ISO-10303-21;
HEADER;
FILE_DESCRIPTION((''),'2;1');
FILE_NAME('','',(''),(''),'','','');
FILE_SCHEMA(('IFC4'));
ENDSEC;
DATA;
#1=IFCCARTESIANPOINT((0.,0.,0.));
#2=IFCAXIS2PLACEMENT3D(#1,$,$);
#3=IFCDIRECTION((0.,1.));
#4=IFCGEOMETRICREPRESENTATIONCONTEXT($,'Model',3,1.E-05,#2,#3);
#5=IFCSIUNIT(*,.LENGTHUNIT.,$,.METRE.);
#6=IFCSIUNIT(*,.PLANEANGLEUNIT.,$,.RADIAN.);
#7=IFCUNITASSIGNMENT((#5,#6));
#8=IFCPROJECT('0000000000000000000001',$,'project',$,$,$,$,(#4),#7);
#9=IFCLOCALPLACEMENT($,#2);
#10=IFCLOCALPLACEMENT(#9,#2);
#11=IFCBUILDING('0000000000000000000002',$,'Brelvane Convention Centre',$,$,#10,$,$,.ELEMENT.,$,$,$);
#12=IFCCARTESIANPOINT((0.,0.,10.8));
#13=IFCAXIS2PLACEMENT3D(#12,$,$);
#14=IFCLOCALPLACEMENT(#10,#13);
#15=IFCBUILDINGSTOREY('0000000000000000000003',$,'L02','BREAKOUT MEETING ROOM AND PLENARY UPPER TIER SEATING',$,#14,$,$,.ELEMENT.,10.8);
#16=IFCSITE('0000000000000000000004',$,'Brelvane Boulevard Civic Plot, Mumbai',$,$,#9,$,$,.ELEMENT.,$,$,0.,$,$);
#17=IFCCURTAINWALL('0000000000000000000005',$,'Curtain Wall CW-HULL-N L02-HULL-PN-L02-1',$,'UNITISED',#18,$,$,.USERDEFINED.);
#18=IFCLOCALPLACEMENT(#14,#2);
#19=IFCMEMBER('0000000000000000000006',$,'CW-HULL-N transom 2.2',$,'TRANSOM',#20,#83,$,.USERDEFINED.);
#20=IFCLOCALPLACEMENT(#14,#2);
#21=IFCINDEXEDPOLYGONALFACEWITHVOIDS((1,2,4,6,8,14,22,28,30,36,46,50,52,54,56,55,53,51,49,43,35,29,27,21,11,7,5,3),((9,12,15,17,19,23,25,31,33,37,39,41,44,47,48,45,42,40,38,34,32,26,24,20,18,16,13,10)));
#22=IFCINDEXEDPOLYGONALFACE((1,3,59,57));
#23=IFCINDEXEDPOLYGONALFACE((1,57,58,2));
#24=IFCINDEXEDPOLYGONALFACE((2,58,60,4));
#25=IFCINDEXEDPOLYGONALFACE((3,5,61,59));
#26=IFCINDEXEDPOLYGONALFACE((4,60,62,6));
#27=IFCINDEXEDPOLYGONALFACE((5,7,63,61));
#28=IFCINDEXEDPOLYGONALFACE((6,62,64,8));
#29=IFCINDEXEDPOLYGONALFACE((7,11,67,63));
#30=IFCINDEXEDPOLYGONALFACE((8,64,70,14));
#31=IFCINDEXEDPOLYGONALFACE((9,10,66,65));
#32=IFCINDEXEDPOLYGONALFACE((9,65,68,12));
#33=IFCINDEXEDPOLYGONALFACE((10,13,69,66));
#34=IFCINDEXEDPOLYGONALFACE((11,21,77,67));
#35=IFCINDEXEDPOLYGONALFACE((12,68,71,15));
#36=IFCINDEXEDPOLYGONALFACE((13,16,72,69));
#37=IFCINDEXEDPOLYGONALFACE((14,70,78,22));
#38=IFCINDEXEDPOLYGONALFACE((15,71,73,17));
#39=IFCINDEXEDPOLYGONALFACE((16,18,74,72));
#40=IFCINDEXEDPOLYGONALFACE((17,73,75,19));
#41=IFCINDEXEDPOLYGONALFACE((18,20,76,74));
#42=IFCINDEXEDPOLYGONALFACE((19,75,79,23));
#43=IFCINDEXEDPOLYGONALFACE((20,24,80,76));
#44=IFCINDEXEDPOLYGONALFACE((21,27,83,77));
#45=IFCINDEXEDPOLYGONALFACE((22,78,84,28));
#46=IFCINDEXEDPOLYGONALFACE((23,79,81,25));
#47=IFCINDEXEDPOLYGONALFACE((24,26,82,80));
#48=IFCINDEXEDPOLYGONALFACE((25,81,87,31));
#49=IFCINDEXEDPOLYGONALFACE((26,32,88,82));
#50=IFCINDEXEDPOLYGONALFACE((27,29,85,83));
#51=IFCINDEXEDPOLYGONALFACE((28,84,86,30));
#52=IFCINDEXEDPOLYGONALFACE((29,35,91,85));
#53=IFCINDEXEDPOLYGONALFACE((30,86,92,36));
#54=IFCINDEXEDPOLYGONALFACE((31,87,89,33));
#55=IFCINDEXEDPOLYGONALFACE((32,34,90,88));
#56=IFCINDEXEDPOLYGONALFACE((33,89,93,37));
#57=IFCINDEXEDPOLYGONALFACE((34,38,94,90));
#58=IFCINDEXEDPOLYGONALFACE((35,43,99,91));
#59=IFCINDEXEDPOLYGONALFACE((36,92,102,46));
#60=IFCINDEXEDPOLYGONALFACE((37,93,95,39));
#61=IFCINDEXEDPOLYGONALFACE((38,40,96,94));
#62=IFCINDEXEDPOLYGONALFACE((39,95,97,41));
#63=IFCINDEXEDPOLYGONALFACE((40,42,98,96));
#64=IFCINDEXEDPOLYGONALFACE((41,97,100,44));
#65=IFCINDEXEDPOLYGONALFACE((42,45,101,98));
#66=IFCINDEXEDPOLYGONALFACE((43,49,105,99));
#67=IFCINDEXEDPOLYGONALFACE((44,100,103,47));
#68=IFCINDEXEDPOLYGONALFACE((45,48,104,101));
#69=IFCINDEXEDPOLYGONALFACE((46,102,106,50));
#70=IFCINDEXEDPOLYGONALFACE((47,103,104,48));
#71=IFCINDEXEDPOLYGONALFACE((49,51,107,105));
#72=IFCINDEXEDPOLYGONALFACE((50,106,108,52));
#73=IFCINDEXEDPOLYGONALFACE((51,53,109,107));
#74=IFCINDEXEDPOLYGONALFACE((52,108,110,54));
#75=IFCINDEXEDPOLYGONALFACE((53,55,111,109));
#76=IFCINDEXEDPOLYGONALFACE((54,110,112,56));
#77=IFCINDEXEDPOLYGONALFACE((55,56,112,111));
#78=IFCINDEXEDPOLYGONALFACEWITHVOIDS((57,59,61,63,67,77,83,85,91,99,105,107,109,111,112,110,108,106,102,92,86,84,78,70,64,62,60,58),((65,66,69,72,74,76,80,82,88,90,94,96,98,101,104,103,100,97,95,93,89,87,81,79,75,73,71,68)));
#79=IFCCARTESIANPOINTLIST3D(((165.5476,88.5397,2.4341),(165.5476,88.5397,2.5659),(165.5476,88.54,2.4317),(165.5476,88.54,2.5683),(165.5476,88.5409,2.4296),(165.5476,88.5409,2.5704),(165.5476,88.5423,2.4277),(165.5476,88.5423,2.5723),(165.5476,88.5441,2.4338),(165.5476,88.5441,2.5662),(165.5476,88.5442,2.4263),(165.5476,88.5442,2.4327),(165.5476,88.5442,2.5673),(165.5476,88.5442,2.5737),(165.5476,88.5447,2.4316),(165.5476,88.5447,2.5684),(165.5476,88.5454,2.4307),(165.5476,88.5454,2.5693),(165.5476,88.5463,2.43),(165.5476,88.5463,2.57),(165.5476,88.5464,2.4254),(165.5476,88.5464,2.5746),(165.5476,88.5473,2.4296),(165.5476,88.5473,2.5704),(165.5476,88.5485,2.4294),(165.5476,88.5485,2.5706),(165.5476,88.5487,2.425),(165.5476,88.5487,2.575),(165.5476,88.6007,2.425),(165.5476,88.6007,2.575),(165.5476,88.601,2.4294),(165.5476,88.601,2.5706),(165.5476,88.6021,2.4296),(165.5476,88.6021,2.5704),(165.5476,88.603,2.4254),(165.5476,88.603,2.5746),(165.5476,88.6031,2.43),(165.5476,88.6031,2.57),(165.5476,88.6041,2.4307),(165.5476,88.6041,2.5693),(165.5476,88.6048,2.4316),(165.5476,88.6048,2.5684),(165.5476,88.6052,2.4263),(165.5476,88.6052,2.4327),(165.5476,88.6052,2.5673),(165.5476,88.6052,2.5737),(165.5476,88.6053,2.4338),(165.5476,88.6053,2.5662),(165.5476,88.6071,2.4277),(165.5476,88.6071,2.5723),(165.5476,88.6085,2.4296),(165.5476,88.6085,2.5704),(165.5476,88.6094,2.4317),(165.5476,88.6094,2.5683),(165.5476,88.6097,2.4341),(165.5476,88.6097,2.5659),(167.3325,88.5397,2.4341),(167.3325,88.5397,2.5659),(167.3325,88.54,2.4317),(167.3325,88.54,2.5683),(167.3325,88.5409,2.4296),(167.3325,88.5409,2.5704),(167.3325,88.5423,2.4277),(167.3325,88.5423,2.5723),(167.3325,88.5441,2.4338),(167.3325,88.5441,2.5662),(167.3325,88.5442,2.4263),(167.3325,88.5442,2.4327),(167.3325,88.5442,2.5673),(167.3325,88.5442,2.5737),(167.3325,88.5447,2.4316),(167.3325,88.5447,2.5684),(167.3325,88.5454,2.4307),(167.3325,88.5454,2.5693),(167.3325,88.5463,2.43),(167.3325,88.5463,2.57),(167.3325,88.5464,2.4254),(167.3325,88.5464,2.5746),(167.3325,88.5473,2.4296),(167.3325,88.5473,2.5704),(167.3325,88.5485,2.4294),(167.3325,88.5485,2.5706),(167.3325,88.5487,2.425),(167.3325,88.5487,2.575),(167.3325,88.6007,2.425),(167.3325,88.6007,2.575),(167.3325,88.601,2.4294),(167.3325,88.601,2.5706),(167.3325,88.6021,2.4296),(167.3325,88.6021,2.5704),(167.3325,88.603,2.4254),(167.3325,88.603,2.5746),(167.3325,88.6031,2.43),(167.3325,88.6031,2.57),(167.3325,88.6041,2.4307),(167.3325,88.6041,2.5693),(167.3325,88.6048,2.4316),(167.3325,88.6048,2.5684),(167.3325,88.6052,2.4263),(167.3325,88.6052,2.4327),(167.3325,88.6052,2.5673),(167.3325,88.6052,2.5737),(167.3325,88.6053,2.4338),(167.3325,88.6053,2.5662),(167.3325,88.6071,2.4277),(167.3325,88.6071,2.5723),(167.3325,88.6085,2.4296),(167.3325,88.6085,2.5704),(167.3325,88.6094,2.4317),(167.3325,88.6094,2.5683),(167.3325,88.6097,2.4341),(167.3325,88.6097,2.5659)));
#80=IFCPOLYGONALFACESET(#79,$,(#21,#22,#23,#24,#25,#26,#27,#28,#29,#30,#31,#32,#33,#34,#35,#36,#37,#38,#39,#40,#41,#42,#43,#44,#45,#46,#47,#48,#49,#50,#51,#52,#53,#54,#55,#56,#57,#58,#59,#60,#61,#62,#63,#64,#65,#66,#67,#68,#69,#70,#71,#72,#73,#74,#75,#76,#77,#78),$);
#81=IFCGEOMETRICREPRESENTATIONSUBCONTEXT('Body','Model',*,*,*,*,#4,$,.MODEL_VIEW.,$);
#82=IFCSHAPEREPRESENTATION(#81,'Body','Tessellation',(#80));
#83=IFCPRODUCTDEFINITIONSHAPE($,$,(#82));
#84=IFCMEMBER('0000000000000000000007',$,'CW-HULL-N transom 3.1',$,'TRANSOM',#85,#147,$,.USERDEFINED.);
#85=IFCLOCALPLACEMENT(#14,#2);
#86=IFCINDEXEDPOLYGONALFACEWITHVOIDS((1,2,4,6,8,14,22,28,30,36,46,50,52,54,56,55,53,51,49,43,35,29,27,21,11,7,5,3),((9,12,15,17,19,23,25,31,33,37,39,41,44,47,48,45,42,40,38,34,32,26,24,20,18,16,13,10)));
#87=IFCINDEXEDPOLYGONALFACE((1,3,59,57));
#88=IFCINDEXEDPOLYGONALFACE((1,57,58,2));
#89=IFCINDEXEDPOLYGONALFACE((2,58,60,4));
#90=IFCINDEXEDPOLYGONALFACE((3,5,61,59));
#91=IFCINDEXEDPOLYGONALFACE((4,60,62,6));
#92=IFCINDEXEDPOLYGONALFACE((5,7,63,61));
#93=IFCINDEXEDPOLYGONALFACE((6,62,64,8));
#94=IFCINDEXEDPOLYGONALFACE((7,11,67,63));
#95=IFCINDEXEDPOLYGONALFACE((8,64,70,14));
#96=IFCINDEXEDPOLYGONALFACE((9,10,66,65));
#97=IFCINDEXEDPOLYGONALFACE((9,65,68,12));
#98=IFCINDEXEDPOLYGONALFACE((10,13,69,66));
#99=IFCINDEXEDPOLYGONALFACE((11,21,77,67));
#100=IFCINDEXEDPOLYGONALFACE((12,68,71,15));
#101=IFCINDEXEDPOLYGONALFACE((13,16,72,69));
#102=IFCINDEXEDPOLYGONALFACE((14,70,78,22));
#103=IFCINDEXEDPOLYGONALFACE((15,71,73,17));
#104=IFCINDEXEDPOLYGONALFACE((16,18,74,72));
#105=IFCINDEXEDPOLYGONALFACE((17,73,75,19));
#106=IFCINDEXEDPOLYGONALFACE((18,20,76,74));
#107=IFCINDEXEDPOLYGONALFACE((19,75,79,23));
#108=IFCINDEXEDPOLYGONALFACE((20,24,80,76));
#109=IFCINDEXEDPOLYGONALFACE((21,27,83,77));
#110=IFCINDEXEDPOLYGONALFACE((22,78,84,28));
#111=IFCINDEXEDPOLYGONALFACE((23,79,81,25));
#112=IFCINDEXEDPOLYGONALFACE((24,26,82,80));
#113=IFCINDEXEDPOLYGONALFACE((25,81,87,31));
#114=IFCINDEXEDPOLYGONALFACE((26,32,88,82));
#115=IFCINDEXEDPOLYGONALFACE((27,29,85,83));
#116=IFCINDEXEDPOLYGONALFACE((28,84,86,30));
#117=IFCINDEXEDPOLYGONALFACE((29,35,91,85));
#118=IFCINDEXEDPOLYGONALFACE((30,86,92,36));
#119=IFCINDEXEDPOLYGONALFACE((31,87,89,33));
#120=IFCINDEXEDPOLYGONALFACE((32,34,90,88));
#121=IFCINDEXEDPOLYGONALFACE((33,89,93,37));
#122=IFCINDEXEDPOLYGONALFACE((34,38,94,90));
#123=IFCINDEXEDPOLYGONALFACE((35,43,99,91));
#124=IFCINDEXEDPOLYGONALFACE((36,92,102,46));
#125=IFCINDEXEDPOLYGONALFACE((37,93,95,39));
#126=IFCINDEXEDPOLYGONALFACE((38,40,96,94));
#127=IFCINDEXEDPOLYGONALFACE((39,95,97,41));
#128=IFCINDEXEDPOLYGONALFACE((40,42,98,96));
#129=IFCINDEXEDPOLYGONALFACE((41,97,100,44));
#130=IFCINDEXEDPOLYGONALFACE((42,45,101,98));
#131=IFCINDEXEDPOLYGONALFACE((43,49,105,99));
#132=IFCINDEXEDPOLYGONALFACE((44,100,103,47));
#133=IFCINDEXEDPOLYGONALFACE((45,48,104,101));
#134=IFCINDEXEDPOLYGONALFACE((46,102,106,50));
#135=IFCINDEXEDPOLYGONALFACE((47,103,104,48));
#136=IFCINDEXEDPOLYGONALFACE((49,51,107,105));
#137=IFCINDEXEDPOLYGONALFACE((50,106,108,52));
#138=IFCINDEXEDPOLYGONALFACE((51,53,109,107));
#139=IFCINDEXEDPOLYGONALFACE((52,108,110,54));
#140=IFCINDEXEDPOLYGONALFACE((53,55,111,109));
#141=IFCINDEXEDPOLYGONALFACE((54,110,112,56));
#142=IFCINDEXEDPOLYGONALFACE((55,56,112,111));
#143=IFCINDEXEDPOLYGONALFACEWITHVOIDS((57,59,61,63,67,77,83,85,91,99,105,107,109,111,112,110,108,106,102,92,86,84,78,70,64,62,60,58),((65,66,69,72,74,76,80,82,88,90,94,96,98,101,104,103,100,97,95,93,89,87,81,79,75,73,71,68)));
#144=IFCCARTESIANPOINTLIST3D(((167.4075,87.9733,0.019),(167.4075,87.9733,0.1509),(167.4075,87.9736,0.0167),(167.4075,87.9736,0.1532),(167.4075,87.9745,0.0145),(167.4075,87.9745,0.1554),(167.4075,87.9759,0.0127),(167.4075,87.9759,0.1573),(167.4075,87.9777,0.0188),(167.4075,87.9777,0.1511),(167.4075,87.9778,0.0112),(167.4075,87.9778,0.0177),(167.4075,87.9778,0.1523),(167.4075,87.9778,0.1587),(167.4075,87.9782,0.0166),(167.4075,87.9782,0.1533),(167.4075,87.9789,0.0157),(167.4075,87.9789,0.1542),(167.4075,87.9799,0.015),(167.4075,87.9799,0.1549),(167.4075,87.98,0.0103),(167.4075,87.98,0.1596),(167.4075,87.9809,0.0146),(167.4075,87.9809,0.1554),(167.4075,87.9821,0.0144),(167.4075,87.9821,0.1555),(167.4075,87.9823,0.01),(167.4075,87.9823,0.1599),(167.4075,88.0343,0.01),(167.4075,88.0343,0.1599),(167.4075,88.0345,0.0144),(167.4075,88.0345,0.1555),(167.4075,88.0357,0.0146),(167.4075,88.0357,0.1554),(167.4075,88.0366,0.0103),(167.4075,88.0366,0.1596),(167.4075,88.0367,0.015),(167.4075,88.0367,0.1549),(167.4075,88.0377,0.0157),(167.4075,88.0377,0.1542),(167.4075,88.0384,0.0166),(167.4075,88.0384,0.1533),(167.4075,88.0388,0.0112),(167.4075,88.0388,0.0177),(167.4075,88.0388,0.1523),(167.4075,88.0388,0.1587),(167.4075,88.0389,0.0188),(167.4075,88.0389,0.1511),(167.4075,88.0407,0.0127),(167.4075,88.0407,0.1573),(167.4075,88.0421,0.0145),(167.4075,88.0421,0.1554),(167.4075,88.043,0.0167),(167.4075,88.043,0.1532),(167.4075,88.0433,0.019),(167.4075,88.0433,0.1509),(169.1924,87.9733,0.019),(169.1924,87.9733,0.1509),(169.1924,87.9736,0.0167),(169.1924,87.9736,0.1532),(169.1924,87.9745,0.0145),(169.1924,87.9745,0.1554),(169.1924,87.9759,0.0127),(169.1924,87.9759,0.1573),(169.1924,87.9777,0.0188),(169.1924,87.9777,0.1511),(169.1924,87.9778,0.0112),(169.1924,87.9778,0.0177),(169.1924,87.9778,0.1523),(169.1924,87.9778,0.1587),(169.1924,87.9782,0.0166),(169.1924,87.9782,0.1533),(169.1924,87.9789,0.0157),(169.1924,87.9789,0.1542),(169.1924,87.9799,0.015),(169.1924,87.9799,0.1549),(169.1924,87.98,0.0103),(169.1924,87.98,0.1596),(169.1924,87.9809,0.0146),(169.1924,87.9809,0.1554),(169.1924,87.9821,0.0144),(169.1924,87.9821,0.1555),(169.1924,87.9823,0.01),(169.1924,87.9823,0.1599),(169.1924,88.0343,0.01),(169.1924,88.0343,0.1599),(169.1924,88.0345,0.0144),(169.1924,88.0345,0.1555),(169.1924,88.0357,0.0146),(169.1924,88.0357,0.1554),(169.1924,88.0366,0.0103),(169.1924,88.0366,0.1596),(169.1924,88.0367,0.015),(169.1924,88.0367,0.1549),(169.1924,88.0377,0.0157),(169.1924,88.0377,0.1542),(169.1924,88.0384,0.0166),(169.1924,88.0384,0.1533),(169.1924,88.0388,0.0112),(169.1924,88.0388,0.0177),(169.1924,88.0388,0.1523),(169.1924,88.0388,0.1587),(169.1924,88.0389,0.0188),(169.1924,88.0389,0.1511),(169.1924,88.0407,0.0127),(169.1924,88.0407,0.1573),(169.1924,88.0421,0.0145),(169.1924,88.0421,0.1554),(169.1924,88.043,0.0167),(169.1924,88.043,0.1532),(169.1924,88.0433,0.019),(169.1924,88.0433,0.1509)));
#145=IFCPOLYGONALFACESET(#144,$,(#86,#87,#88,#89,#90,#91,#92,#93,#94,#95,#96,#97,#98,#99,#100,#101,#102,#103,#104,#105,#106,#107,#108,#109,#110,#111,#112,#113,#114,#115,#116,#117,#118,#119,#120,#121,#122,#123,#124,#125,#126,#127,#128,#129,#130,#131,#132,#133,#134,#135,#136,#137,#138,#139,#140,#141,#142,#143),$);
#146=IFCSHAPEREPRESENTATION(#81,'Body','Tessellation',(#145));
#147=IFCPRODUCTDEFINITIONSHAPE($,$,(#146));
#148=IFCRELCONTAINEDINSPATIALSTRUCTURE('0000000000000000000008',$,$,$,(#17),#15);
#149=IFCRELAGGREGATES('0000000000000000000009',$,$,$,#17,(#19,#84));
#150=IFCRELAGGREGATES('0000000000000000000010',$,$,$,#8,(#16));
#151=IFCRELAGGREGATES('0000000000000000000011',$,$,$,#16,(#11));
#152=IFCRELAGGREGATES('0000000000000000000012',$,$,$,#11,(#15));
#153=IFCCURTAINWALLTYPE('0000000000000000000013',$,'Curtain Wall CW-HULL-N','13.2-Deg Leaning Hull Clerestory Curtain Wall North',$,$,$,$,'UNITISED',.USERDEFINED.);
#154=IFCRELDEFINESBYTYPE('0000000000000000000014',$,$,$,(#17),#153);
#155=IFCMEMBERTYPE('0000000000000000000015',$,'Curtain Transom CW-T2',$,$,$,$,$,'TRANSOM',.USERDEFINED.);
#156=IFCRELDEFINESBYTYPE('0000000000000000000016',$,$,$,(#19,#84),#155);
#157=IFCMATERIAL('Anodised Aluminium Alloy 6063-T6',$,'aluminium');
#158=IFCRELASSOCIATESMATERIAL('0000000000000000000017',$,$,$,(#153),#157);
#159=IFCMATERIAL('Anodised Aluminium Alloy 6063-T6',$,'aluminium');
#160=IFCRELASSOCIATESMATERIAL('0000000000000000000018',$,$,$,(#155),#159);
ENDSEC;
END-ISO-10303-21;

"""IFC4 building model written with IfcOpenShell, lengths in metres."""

from ifc_helpers import new_model, si_unit, direction, frame, origin, origin_2d, place, context, subcontext, project, spatial, hollow_rectangle, extrude, material, material_profile, profile_set, type_object, element, aggregate, save


model = new_model("IFC4")

# Units and contexts
model_context = context("Model", 3, precision=1e-05, world=origin(), true_north=direction((0.0, 1.0)))
body_context = subcontext(model_context, "Body", "Model", "MODEL_VIEW")
ifc_project = project(units=[si_unit("LENGTHUNIT", "METRE"), si_unit("PLANEANGLEUNIT", "RADIAN")], contexts=[model_context])

# Site, building, storey
site_placement = place(None, origin())
site = spatial("IfcSite", under=ifc_project, at=site_placement, Name="Brelvane Boulevard Civic Plot, Mumbai", CompositionType="ELEMENT", RefElevation=0.0)
building_placement = place(site_placement, origin())
building = spatial("IfcBuilding", under=site, at=building_placement, Name="Brelvane Convention Centre", CompositionType="ELEMENT")
storey_placement = place(building_placement, frame((0.0, 0.0, 10.8)))
storey = spatial("IfcBuildingStorey", under=building, at=storey_placement, Name="L02", Description="BREAKOUT MEETING ROOM AND PLENARY UPPER TIER SEATING", CompositionType="ELEMENT", Elevation=10.8)

# Curtain wall
ifc_material_1 = material(Name="Anodised Aluminium Alloy 6063-T6", Category="aluminium")
curtain_wall_type = type_object("IfcCurtainWallType", Name="Curtain Wall CW-HULL-N", Description="13.2-Deg Leaning Hull Clerestory Curtain Wall North", ElementType="UNITISED", PredefinedType="USERDEFINED", material=ifc_material_1)
curtain_wall_1_placement = place(storey_placement, origin())
curtain_wall_1 = element("IfcCurtainWall", 1, at=curtain_wall_1_placement, inside=storey, type_object=curtain_wall_type, Name="Curtain Wall CW-HULL-N L02-HULL-PN-L02-1", ObjectType="UNITISED", PredefinedType="USERDEFINED")

# Members
ifc_material_2 = material(Name="Anodised Aluminium Alloy 6063-T6", Category="aluminium")
ifc_material_profile_1 = material_profile(ifc_material_2, hollow_rectangle(XDim=0.0701, YDim=0.1499, WallThickness=0.0044, InnerFilletRadius=0.0044, OuterFilletRadius=0.009, at=origin_2d()), Name="ALU-T 150x70x4.5")
ifc_profile_set_1 = profile_set([ifc_material_profile_1], Name="Anodised Aluminium Alloy 6063-T6")
member_type_1 = type_object("IfcMemberType", Name="Curtain Transom CW-T2", ElementType="TRANSOM", PredefinedType="USERDEFINED", material=ifc_profile_set_1)
member_1_placement = place(storey_placement, frame((165.5476, 88.5747, 2.5), z_axis=(1.0, 0.0, 0.0), x_axis=(0.0, 1.0, 0.0)))
member_1 = element("IfcMember", 2, at=member_1_placement, type_object=member_type_1, Name="CW-HULL-N transom 2.2", ObjectType="TRANSOM", PredefinedType="USERDEFINED", context=body_context, shape_type="SweptSolid", body=[
    extrude(hollow_rectangle(XDim=0.0701, YDim=0.1499, WallThickness=0.0044, InnerFilletRadius=0.0044, OuterFilletRadius=0.009, at=origin_2d()), origin(), (0.0, 0.0, 1.0), 1.7849),
])
member_2_placement = place(storey_placement, frame((167.4075, 88.0083, 0.085), z_axis=(1.0, 0.0, 0.0), x_axis=(0.0, 1.0, 0.0)))
member_2 = element("IfcMember", 3, at=member_2_placement, type_object=member_type_1, Name="CW-HULL-N transom 3.1", ObjectType="TRANSOM", PredefinedType="USERDEFINED", context=body_context, shape_type="SweptSolid", body=[
    extrude(hollow_rectangle(XDim=0.0701, YDim=0.1499, WallThickness=0.0044, InnerFilletRadius=0.0044, OuterFilletRadius=0.009, at=origin_2d()), origin(), (0.0, 0.0, 1.0), 1.7849),
])

aggregate(curtain_wall_1, [member_1, member_2])

save(model, "model.ifc")
